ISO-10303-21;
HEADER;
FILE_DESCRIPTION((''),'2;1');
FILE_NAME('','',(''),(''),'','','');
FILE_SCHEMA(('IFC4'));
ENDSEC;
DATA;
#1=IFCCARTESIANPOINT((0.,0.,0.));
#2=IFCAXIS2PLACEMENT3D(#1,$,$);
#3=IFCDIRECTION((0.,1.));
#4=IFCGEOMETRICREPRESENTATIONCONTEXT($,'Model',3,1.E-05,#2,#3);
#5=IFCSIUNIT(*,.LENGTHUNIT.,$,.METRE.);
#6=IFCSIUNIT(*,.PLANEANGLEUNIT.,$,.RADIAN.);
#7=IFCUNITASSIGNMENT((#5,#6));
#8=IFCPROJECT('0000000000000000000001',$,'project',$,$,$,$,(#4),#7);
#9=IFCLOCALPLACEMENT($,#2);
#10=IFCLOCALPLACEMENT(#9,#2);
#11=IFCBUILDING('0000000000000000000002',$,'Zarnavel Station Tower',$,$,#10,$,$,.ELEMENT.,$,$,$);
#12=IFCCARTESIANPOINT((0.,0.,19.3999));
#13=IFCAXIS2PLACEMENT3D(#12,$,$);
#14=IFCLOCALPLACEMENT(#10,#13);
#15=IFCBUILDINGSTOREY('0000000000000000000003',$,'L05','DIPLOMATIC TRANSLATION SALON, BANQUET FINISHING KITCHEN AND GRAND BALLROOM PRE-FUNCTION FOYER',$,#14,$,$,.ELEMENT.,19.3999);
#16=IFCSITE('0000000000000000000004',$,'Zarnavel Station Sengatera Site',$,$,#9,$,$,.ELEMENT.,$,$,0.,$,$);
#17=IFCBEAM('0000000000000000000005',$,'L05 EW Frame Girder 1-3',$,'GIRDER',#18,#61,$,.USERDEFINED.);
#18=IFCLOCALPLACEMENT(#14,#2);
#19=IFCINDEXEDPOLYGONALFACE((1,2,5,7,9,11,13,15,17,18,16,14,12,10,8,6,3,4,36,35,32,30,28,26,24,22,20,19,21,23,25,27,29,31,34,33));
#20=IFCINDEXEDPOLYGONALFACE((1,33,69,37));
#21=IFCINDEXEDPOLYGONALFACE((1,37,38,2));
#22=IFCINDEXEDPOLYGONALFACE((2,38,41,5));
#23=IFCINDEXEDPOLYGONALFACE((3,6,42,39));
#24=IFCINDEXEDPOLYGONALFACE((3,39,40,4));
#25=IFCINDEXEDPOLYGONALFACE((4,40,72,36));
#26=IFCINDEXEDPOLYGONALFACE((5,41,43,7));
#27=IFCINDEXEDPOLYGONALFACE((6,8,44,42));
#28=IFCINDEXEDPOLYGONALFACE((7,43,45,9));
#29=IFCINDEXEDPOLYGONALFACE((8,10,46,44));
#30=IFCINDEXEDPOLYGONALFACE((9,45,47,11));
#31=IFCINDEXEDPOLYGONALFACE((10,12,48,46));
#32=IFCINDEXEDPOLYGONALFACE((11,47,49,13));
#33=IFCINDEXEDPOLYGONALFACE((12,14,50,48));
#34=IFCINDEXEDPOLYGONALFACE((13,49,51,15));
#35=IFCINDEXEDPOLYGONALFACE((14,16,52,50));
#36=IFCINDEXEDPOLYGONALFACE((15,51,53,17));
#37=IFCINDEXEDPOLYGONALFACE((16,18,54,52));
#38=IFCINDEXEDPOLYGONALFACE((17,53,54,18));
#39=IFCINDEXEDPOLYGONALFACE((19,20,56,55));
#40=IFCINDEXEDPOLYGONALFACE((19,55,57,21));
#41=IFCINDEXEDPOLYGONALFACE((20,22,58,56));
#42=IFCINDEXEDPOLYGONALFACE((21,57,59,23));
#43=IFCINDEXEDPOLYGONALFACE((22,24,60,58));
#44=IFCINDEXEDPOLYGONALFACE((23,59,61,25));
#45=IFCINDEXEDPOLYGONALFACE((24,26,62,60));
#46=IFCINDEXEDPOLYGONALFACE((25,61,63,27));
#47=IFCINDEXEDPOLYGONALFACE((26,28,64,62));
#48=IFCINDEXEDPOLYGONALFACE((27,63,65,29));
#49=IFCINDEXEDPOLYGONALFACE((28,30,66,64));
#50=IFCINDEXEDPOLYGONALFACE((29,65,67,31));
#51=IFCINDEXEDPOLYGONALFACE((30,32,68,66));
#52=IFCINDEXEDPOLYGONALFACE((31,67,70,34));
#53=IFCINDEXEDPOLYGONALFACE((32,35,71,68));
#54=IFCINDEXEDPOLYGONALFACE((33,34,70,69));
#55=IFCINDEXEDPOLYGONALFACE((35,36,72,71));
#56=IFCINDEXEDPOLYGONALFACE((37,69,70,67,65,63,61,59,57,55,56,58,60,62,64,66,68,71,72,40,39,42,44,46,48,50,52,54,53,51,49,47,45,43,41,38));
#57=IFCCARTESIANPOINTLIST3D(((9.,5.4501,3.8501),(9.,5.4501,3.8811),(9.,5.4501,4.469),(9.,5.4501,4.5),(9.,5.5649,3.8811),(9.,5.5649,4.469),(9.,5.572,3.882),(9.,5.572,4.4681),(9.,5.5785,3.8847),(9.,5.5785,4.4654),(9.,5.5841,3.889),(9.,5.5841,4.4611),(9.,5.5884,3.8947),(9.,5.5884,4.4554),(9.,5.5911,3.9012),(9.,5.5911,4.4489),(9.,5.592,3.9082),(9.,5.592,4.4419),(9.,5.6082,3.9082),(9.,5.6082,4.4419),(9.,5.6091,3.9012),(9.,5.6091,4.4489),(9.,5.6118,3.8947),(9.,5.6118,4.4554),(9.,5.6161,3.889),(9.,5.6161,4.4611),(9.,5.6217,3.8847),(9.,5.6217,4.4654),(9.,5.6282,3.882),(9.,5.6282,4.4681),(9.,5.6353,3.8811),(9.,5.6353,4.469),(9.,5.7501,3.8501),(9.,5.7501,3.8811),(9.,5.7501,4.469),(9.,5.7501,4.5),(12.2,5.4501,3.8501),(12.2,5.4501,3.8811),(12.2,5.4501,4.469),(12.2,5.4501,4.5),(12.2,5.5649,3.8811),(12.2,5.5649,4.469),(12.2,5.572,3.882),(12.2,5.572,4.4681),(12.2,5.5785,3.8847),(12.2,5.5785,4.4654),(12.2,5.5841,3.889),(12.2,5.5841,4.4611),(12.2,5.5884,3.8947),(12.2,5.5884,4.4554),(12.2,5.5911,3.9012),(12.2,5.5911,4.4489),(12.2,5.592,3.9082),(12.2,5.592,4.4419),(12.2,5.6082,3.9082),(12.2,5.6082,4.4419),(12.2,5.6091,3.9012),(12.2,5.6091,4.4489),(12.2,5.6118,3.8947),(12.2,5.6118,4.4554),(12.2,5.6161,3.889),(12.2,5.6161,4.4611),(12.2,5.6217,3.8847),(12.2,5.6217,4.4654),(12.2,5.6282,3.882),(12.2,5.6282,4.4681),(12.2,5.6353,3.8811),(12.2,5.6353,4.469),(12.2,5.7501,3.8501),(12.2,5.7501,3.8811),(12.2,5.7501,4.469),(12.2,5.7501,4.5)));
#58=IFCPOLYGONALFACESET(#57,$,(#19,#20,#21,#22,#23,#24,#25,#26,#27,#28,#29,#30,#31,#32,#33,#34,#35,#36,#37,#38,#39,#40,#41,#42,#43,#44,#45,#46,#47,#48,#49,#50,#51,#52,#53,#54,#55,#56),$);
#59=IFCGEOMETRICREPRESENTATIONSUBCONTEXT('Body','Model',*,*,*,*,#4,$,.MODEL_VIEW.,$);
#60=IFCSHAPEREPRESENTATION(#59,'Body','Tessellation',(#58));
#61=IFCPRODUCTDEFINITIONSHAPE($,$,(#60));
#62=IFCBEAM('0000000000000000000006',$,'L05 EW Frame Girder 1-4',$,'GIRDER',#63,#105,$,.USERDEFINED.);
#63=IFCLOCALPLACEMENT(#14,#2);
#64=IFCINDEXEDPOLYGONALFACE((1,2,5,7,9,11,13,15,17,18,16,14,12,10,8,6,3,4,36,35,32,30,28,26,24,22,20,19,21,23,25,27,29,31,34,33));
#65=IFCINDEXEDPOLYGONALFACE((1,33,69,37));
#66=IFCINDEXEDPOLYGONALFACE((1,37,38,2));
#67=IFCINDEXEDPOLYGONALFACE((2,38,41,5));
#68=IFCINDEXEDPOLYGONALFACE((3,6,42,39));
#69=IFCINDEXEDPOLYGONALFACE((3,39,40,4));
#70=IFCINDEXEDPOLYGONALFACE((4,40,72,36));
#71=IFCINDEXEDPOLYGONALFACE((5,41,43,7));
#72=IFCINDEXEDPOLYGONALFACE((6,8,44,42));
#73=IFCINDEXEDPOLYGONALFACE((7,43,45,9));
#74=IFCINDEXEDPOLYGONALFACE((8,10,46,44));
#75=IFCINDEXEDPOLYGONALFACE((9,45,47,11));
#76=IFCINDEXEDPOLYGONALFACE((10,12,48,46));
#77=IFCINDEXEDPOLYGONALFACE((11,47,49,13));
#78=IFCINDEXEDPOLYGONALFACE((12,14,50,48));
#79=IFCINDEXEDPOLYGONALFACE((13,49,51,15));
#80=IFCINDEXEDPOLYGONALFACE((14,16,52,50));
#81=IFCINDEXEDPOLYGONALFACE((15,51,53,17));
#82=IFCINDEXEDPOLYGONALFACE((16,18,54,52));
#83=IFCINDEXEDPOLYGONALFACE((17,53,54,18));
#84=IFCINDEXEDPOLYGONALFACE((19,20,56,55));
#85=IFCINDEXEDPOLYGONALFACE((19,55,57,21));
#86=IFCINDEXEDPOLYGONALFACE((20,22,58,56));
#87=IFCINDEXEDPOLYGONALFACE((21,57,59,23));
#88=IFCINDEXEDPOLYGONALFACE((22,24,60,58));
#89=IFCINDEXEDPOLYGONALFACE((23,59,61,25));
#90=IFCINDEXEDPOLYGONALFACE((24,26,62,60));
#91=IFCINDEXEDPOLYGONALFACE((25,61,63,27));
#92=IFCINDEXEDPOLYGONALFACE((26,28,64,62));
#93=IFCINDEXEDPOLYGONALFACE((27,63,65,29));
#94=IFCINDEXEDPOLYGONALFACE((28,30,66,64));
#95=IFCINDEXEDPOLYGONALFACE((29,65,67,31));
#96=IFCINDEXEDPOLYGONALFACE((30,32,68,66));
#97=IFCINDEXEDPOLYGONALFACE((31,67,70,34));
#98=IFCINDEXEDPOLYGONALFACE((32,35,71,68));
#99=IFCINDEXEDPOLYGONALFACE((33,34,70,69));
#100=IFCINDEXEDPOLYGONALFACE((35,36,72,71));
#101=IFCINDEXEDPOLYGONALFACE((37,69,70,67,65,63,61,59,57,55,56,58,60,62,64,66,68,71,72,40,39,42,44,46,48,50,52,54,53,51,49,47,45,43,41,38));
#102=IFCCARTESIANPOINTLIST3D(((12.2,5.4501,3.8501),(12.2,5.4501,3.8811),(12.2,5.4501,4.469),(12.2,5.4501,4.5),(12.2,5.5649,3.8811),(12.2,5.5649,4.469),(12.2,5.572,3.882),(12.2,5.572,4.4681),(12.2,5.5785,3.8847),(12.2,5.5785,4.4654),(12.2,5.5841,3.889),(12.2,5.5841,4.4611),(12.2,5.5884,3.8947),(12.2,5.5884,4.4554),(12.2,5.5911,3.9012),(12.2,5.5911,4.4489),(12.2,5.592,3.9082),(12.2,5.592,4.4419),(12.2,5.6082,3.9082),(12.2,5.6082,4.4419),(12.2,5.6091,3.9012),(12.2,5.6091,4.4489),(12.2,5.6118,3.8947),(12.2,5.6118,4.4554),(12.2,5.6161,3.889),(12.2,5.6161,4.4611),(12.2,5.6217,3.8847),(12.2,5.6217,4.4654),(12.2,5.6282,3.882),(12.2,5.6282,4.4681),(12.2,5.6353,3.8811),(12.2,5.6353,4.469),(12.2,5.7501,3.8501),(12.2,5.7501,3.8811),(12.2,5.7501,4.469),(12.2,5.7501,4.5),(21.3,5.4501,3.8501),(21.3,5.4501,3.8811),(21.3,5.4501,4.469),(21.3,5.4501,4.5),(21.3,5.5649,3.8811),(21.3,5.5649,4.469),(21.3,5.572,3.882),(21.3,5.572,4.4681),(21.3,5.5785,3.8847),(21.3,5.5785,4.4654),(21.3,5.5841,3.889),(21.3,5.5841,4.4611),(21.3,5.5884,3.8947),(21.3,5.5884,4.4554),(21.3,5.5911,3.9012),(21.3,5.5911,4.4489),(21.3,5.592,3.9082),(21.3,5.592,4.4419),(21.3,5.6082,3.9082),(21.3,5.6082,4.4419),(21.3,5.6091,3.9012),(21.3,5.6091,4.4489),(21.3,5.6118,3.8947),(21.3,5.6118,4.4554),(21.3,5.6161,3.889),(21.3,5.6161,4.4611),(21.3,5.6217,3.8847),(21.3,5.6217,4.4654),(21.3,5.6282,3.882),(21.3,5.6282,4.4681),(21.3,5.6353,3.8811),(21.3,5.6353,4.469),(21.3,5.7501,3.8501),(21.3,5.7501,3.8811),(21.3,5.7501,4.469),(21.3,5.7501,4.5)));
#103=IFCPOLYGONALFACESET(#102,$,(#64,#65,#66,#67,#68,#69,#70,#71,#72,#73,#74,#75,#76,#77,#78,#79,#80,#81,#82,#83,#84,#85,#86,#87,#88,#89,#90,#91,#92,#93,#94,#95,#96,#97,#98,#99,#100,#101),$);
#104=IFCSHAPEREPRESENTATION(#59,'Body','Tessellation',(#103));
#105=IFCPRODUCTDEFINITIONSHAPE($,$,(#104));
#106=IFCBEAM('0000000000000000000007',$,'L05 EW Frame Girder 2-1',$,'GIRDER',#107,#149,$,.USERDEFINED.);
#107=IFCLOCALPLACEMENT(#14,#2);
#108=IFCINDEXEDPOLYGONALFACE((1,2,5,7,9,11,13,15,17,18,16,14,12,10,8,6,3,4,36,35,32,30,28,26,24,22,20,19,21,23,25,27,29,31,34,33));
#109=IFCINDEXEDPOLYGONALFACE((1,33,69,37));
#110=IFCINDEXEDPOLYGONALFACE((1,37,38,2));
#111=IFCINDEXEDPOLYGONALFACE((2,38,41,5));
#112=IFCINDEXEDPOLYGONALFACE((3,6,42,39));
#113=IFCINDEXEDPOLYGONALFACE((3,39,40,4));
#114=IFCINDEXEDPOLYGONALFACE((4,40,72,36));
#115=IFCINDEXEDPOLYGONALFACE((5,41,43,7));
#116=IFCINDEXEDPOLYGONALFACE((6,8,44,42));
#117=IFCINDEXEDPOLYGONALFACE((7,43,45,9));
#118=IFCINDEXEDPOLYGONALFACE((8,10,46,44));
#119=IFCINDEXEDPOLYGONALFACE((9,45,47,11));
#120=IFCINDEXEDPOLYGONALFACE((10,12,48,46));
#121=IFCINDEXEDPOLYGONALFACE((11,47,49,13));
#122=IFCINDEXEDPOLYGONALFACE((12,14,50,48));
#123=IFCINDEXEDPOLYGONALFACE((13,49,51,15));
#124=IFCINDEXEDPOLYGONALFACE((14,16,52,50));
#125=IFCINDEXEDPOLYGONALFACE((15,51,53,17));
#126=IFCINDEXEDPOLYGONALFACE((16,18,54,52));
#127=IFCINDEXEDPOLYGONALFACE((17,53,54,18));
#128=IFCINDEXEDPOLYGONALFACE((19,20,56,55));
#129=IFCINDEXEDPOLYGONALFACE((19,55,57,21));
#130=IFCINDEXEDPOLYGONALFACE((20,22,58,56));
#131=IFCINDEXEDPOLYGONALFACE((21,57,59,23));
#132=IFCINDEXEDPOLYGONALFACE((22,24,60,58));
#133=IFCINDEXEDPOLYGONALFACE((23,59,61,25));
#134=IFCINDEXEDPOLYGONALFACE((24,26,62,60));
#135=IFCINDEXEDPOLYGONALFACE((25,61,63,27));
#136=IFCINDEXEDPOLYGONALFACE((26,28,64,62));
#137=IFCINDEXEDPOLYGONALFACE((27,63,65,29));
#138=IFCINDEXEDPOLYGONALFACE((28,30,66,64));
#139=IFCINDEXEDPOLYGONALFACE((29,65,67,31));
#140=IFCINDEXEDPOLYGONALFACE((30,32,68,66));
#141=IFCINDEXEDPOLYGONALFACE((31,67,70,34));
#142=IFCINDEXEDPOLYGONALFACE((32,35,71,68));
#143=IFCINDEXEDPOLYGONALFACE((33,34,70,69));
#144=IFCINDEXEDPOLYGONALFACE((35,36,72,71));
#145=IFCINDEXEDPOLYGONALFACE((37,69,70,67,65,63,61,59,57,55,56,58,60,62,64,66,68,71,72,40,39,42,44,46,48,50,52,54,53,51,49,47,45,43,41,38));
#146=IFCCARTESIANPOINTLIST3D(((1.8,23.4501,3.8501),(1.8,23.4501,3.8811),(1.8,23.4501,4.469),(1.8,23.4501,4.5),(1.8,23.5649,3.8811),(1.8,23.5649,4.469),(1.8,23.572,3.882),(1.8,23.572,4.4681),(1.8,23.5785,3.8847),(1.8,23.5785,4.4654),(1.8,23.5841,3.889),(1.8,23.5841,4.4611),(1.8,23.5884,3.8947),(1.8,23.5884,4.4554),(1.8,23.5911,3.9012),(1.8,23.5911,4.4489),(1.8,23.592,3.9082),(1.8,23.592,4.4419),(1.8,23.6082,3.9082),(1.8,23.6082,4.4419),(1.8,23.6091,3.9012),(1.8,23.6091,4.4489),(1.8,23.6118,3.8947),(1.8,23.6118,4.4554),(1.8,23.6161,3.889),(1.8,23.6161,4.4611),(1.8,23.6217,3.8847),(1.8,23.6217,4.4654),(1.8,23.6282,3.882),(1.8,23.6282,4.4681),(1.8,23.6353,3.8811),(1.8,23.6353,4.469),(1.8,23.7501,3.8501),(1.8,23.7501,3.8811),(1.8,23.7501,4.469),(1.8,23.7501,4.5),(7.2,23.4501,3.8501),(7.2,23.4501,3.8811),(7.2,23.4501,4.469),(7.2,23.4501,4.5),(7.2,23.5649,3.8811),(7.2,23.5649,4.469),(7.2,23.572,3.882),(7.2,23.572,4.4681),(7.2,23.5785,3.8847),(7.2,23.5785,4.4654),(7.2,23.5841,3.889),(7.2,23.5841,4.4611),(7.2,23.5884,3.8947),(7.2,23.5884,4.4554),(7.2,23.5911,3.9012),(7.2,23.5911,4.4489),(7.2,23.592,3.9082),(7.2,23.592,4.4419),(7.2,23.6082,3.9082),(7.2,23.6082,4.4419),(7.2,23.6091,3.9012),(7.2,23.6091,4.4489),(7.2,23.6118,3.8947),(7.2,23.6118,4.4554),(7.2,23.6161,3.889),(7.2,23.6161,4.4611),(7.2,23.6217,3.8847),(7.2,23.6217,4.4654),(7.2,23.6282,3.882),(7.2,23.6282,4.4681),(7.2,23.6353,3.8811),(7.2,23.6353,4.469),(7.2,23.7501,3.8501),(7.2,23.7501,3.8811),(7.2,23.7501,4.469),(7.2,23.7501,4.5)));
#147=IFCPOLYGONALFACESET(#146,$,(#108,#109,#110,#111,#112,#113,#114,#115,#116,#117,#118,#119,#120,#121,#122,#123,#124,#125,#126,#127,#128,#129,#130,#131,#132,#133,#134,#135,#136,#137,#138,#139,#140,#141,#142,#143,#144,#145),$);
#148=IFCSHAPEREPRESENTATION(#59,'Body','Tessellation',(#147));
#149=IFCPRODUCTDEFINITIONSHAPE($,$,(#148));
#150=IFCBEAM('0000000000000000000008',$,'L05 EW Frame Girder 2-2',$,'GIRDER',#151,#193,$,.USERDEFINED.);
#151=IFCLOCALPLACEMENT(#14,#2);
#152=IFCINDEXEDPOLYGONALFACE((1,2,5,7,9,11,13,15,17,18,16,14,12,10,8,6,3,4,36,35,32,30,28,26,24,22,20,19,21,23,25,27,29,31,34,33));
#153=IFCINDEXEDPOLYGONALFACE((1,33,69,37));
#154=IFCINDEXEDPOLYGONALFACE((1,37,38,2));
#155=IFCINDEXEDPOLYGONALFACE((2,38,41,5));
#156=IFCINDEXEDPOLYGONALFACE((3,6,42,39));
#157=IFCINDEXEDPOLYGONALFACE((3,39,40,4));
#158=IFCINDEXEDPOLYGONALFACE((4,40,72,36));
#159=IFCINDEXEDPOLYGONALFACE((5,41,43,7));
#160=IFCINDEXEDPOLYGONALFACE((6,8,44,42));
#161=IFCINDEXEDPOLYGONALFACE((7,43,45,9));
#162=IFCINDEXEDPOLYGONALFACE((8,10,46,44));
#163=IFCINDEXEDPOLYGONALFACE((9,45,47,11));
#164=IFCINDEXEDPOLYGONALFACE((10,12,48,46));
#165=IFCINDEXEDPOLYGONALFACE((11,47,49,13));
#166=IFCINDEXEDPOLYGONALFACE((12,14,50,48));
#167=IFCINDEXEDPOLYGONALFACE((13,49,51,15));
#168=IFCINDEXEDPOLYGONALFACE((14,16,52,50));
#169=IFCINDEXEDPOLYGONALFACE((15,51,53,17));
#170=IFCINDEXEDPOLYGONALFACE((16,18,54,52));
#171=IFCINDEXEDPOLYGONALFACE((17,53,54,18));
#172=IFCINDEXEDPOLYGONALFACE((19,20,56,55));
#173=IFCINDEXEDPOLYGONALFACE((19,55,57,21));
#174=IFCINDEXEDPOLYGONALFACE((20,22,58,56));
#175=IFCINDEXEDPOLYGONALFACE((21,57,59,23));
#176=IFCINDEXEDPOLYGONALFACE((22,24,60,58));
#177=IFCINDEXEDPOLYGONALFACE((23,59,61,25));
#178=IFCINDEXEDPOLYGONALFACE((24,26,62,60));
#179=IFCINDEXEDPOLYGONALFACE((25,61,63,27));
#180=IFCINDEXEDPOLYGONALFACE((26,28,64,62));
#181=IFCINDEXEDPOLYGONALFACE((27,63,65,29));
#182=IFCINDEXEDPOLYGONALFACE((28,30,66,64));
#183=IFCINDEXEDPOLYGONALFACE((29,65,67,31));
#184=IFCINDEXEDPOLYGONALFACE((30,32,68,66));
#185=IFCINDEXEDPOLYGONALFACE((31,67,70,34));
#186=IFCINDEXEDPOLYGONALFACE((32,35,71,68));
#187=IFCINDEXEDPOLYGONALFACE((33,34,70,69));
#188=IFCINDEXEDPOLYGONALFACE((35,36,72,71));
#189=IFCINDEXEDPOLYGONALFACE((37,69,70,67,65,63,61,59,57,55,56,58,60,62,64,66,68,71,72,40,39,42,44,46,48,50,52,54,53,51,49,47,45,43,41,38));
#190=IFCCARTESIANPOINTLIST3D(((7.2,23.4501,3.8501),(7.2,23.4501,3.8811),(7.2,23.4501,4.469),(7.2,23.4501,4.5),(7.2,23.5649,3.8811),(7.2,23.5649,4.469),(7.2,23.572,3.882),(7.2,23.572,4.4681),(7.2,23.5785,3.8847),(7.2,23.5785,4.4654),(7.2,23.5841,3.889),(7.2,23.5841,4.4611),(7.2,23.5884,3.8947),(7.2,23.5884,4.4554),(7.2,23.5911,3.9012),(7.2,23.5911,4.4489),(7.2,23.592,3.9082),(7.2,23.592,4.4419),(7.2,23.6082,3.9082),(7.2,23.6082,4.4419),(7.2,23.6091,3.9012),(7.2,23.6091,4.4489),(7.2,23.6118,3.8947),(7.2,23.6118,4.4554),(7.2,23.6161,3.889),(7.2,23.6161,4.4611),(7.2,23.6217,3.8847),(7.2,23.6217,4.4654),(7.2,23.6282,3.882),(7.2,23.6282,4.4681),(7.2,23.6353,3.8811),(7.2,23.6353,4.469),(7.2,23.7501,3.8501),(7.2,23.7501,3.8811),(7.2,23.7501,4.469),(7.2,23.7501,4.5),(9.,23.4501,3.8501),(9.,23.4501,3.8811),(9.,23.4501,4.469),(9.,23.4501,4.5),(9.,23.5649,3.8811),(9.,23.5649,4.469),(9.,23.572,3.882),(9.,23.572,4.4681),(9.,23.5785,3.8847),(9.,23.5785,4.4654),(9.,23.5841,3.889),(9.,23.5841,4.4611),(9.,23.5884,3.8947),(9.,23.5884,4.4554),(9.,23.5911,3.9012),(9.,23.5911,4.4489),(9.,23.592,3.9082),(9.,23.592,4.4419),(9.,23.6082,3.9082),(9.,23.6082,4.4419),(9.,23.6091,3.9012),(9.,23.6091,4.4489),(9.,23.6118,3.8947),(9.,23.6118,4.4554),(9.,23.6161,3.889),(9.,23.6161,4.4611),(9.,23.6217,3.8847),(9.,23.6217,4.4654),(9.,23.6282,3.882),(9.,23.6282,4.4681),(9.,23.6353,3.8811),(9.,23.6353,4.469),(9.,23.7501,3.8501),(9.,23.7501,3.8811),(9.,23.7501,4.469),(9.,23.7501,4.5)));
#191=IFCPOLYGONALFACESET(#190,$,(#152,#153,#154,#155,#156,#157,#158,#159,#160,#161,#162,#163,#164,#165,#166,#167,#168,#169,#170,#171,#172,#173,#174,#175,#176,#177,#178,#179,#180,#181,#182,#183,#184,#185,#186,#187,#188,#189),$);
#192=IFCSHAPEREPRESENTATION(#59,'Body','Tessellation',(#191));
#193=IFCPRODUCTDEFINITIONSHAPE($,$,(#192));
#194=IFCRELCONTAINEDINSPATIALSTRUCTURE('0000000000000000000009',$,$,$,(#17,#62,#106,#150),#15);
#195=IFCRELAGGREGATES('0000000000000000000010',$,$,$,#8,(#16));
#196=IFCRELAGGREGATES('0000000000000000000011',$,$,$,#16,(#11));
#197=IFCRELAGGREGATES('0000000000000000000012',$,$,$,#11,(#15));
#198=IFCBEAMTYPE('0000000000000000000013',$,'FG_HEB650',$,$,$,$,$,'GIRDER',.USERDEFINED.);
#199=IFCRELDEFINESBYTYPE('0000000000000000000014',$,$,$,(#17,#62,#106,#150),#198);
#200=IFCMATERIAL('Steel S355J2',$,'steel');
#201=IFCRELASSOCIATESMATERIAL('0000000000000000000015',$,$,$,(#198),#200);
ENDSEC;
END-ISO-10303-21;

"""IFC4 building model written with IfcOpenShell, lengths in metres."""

from ifc_helpers import new_model, si_unit, direction, frame, origin, origin_2d, place, context, subcontext, project, spatial, i_section, extrude, material, material_profile, profile_set, type_object, element, save


model = new_model("IFC4")

# Units and contexts
model_context = context("Model", 3, precision=1e-05, world=origin(), true_north=direction((0.0, 1.0)))
body_context = subcontext(model_context, "Body", "Model", "MODEL_VIEW")
ifc_project = project(units=[si_unit("LENGTHUNIT", "METRE"), si_unit("PLANEANGLEUNIT", "RADIAN")], contexts=[model_context])

# Site, building, storey
site_placement = place(None, origin())
site = spatial("IfcSite", under=ifc_project, at=site_placement, Name="Zarnavel Station Sengatera Site", CompositionType="ELEMENT", RefElevation=0.0)
building_placement = place(site_placement, origin())
building = spatial("IfcBuilding", under=site, at=building_placement, Name="Zarnavel Station Tower", CompositionType="ELEMENT")
storey_placement = place(building_placement, frame((0.0, 0.0, 19.3999)))
storey = spatial("IfcBuildingStorey", under=building, at=storey_placement, Name="L05", Description="DIPLOMATIC TRANSLATION SALON, BANQUET FINISHING KITCHEN AND GRAND BALLROOM PRE-FUNCTION FOYER", CompositionType="ELEMENT", Elevation=19.3999)

# Beams
ifc_material_1 = material(Name="Steel S355J2", Category="steel")
ifc_material_profile_1 = material_profile(ifc_material_1, i_section(OverallWidth=0.3, OverallDepth=0.6499, WebThickness=0.0161, FlangeThickness=0.031, FilletRadius=0.0271, at=origin_2d()), Name="HEB650")
ifc_profile_set_1 = profile_set([ifc_material_profile_1], Name="Steel S355J2")
beam_type_1 = type_object("IfcBeamType", Name="FG_HEB650", ElementType="GIRDER", PredefinedType="USERDEFINED", material=ifc_profile_set_1)
beam_1_placement = place(storey_placement, frame((9.0, 5.6001, 4.175), z_axis=(1.0, 0.0, 0.0), x_axis=(0.0, 1.0, 0.0)))
element("IfcBeam", 1, at=beam_1_placement, inside=storey, type_object=beam_type_1, Name="L05 EW Frame Girder 1-3", ObjectType="GIRDER", PredefinedType="USERDEFINED", context=body_context, shape_type="SweptSolid", body=[
    extrude(i_section(OverallWidth=0.3, OverallDepth=0.6499, WebThickness=0.0161, FlangeThickness=0.031, FilletRadius=0.0271, at=origin_2d()), origin(), (0.0, 0.0, 1.0), 3.2),
])
beam_2_placement = place(storey_placement, frame((12.2, 5.6001, 4.175), z_axis=(1.0, 0.0, 0.0), x_axis=(0.0, 1.0, 0.0)))
element("IfcBeam", 2, at=beam_2_placement, inside=storey, type_object=beam_type_1, Name="L05 EW Frame Girder 1-4", ObjectType="GIRDER", PredefinedType="USERDEFINED", context=body_context, shape_type="SweptSolid", body=[
    extrude(i_section(OverallWidth=0.3, OverallDepth=0.6499, WebThickness=0.0161, FlangeThickness=0.031, FilletRadius=0.0271, at=origin_2d()), origin(), (0.0, 0.0, 1.0), 9.1001),
])
beam_3_placement = place(storey_placement, frame((1.8, 23.6001, 4.175), z_axis=(1.0, 0.0, 0.0), x_axis=(0.0, 1.0, 0.0)))
element("IfcBeam", 3, at=beam_3_placement, inside=storey, type_object=beam_type_1, Name="L05 EW Frame Girder 2-1", ObjectType="GIRDER", PredefinedType="USERDEFINED", context=body_context, shape_type="SweptSolid", body=[
    extrude(i_section(OverallWidth=0.3, OverallDepth=0.6499, WebThickness=0.0161, FlangeThickness=0.031, FilletRadius=0.0271, at=origin_2d()), origin(), (0.0, 0.0, 1.0), 5.3999),
])
beam_4_placement = place(storey_placement, frame((7.2, 23.6001, 4.175), z_axis=(1.0, 0.0, 0.0), x_axis=(0.0, 1.0, 0.0)))
element("IfcBeam", 4, at=beam_4_placement, inside=storey, type_object=beam_type_1, Name="L05 EW Frame Girder 2-2", ObjectType="GIRDER", PredefinedType="USERDEFINED", context=body_context, shape_type="SweptSolid", body=[
    extrude(i_section(OverallWidth=0.3, OverallDepth=0.6499, WebThickness=0.0161, FlangeThickness=0.031, FilletRadius=0.0271, at=origin_2d()), origin(), (0.0, 0.0, 1.0), 1.8),
])

save(model, "model.ifc")
